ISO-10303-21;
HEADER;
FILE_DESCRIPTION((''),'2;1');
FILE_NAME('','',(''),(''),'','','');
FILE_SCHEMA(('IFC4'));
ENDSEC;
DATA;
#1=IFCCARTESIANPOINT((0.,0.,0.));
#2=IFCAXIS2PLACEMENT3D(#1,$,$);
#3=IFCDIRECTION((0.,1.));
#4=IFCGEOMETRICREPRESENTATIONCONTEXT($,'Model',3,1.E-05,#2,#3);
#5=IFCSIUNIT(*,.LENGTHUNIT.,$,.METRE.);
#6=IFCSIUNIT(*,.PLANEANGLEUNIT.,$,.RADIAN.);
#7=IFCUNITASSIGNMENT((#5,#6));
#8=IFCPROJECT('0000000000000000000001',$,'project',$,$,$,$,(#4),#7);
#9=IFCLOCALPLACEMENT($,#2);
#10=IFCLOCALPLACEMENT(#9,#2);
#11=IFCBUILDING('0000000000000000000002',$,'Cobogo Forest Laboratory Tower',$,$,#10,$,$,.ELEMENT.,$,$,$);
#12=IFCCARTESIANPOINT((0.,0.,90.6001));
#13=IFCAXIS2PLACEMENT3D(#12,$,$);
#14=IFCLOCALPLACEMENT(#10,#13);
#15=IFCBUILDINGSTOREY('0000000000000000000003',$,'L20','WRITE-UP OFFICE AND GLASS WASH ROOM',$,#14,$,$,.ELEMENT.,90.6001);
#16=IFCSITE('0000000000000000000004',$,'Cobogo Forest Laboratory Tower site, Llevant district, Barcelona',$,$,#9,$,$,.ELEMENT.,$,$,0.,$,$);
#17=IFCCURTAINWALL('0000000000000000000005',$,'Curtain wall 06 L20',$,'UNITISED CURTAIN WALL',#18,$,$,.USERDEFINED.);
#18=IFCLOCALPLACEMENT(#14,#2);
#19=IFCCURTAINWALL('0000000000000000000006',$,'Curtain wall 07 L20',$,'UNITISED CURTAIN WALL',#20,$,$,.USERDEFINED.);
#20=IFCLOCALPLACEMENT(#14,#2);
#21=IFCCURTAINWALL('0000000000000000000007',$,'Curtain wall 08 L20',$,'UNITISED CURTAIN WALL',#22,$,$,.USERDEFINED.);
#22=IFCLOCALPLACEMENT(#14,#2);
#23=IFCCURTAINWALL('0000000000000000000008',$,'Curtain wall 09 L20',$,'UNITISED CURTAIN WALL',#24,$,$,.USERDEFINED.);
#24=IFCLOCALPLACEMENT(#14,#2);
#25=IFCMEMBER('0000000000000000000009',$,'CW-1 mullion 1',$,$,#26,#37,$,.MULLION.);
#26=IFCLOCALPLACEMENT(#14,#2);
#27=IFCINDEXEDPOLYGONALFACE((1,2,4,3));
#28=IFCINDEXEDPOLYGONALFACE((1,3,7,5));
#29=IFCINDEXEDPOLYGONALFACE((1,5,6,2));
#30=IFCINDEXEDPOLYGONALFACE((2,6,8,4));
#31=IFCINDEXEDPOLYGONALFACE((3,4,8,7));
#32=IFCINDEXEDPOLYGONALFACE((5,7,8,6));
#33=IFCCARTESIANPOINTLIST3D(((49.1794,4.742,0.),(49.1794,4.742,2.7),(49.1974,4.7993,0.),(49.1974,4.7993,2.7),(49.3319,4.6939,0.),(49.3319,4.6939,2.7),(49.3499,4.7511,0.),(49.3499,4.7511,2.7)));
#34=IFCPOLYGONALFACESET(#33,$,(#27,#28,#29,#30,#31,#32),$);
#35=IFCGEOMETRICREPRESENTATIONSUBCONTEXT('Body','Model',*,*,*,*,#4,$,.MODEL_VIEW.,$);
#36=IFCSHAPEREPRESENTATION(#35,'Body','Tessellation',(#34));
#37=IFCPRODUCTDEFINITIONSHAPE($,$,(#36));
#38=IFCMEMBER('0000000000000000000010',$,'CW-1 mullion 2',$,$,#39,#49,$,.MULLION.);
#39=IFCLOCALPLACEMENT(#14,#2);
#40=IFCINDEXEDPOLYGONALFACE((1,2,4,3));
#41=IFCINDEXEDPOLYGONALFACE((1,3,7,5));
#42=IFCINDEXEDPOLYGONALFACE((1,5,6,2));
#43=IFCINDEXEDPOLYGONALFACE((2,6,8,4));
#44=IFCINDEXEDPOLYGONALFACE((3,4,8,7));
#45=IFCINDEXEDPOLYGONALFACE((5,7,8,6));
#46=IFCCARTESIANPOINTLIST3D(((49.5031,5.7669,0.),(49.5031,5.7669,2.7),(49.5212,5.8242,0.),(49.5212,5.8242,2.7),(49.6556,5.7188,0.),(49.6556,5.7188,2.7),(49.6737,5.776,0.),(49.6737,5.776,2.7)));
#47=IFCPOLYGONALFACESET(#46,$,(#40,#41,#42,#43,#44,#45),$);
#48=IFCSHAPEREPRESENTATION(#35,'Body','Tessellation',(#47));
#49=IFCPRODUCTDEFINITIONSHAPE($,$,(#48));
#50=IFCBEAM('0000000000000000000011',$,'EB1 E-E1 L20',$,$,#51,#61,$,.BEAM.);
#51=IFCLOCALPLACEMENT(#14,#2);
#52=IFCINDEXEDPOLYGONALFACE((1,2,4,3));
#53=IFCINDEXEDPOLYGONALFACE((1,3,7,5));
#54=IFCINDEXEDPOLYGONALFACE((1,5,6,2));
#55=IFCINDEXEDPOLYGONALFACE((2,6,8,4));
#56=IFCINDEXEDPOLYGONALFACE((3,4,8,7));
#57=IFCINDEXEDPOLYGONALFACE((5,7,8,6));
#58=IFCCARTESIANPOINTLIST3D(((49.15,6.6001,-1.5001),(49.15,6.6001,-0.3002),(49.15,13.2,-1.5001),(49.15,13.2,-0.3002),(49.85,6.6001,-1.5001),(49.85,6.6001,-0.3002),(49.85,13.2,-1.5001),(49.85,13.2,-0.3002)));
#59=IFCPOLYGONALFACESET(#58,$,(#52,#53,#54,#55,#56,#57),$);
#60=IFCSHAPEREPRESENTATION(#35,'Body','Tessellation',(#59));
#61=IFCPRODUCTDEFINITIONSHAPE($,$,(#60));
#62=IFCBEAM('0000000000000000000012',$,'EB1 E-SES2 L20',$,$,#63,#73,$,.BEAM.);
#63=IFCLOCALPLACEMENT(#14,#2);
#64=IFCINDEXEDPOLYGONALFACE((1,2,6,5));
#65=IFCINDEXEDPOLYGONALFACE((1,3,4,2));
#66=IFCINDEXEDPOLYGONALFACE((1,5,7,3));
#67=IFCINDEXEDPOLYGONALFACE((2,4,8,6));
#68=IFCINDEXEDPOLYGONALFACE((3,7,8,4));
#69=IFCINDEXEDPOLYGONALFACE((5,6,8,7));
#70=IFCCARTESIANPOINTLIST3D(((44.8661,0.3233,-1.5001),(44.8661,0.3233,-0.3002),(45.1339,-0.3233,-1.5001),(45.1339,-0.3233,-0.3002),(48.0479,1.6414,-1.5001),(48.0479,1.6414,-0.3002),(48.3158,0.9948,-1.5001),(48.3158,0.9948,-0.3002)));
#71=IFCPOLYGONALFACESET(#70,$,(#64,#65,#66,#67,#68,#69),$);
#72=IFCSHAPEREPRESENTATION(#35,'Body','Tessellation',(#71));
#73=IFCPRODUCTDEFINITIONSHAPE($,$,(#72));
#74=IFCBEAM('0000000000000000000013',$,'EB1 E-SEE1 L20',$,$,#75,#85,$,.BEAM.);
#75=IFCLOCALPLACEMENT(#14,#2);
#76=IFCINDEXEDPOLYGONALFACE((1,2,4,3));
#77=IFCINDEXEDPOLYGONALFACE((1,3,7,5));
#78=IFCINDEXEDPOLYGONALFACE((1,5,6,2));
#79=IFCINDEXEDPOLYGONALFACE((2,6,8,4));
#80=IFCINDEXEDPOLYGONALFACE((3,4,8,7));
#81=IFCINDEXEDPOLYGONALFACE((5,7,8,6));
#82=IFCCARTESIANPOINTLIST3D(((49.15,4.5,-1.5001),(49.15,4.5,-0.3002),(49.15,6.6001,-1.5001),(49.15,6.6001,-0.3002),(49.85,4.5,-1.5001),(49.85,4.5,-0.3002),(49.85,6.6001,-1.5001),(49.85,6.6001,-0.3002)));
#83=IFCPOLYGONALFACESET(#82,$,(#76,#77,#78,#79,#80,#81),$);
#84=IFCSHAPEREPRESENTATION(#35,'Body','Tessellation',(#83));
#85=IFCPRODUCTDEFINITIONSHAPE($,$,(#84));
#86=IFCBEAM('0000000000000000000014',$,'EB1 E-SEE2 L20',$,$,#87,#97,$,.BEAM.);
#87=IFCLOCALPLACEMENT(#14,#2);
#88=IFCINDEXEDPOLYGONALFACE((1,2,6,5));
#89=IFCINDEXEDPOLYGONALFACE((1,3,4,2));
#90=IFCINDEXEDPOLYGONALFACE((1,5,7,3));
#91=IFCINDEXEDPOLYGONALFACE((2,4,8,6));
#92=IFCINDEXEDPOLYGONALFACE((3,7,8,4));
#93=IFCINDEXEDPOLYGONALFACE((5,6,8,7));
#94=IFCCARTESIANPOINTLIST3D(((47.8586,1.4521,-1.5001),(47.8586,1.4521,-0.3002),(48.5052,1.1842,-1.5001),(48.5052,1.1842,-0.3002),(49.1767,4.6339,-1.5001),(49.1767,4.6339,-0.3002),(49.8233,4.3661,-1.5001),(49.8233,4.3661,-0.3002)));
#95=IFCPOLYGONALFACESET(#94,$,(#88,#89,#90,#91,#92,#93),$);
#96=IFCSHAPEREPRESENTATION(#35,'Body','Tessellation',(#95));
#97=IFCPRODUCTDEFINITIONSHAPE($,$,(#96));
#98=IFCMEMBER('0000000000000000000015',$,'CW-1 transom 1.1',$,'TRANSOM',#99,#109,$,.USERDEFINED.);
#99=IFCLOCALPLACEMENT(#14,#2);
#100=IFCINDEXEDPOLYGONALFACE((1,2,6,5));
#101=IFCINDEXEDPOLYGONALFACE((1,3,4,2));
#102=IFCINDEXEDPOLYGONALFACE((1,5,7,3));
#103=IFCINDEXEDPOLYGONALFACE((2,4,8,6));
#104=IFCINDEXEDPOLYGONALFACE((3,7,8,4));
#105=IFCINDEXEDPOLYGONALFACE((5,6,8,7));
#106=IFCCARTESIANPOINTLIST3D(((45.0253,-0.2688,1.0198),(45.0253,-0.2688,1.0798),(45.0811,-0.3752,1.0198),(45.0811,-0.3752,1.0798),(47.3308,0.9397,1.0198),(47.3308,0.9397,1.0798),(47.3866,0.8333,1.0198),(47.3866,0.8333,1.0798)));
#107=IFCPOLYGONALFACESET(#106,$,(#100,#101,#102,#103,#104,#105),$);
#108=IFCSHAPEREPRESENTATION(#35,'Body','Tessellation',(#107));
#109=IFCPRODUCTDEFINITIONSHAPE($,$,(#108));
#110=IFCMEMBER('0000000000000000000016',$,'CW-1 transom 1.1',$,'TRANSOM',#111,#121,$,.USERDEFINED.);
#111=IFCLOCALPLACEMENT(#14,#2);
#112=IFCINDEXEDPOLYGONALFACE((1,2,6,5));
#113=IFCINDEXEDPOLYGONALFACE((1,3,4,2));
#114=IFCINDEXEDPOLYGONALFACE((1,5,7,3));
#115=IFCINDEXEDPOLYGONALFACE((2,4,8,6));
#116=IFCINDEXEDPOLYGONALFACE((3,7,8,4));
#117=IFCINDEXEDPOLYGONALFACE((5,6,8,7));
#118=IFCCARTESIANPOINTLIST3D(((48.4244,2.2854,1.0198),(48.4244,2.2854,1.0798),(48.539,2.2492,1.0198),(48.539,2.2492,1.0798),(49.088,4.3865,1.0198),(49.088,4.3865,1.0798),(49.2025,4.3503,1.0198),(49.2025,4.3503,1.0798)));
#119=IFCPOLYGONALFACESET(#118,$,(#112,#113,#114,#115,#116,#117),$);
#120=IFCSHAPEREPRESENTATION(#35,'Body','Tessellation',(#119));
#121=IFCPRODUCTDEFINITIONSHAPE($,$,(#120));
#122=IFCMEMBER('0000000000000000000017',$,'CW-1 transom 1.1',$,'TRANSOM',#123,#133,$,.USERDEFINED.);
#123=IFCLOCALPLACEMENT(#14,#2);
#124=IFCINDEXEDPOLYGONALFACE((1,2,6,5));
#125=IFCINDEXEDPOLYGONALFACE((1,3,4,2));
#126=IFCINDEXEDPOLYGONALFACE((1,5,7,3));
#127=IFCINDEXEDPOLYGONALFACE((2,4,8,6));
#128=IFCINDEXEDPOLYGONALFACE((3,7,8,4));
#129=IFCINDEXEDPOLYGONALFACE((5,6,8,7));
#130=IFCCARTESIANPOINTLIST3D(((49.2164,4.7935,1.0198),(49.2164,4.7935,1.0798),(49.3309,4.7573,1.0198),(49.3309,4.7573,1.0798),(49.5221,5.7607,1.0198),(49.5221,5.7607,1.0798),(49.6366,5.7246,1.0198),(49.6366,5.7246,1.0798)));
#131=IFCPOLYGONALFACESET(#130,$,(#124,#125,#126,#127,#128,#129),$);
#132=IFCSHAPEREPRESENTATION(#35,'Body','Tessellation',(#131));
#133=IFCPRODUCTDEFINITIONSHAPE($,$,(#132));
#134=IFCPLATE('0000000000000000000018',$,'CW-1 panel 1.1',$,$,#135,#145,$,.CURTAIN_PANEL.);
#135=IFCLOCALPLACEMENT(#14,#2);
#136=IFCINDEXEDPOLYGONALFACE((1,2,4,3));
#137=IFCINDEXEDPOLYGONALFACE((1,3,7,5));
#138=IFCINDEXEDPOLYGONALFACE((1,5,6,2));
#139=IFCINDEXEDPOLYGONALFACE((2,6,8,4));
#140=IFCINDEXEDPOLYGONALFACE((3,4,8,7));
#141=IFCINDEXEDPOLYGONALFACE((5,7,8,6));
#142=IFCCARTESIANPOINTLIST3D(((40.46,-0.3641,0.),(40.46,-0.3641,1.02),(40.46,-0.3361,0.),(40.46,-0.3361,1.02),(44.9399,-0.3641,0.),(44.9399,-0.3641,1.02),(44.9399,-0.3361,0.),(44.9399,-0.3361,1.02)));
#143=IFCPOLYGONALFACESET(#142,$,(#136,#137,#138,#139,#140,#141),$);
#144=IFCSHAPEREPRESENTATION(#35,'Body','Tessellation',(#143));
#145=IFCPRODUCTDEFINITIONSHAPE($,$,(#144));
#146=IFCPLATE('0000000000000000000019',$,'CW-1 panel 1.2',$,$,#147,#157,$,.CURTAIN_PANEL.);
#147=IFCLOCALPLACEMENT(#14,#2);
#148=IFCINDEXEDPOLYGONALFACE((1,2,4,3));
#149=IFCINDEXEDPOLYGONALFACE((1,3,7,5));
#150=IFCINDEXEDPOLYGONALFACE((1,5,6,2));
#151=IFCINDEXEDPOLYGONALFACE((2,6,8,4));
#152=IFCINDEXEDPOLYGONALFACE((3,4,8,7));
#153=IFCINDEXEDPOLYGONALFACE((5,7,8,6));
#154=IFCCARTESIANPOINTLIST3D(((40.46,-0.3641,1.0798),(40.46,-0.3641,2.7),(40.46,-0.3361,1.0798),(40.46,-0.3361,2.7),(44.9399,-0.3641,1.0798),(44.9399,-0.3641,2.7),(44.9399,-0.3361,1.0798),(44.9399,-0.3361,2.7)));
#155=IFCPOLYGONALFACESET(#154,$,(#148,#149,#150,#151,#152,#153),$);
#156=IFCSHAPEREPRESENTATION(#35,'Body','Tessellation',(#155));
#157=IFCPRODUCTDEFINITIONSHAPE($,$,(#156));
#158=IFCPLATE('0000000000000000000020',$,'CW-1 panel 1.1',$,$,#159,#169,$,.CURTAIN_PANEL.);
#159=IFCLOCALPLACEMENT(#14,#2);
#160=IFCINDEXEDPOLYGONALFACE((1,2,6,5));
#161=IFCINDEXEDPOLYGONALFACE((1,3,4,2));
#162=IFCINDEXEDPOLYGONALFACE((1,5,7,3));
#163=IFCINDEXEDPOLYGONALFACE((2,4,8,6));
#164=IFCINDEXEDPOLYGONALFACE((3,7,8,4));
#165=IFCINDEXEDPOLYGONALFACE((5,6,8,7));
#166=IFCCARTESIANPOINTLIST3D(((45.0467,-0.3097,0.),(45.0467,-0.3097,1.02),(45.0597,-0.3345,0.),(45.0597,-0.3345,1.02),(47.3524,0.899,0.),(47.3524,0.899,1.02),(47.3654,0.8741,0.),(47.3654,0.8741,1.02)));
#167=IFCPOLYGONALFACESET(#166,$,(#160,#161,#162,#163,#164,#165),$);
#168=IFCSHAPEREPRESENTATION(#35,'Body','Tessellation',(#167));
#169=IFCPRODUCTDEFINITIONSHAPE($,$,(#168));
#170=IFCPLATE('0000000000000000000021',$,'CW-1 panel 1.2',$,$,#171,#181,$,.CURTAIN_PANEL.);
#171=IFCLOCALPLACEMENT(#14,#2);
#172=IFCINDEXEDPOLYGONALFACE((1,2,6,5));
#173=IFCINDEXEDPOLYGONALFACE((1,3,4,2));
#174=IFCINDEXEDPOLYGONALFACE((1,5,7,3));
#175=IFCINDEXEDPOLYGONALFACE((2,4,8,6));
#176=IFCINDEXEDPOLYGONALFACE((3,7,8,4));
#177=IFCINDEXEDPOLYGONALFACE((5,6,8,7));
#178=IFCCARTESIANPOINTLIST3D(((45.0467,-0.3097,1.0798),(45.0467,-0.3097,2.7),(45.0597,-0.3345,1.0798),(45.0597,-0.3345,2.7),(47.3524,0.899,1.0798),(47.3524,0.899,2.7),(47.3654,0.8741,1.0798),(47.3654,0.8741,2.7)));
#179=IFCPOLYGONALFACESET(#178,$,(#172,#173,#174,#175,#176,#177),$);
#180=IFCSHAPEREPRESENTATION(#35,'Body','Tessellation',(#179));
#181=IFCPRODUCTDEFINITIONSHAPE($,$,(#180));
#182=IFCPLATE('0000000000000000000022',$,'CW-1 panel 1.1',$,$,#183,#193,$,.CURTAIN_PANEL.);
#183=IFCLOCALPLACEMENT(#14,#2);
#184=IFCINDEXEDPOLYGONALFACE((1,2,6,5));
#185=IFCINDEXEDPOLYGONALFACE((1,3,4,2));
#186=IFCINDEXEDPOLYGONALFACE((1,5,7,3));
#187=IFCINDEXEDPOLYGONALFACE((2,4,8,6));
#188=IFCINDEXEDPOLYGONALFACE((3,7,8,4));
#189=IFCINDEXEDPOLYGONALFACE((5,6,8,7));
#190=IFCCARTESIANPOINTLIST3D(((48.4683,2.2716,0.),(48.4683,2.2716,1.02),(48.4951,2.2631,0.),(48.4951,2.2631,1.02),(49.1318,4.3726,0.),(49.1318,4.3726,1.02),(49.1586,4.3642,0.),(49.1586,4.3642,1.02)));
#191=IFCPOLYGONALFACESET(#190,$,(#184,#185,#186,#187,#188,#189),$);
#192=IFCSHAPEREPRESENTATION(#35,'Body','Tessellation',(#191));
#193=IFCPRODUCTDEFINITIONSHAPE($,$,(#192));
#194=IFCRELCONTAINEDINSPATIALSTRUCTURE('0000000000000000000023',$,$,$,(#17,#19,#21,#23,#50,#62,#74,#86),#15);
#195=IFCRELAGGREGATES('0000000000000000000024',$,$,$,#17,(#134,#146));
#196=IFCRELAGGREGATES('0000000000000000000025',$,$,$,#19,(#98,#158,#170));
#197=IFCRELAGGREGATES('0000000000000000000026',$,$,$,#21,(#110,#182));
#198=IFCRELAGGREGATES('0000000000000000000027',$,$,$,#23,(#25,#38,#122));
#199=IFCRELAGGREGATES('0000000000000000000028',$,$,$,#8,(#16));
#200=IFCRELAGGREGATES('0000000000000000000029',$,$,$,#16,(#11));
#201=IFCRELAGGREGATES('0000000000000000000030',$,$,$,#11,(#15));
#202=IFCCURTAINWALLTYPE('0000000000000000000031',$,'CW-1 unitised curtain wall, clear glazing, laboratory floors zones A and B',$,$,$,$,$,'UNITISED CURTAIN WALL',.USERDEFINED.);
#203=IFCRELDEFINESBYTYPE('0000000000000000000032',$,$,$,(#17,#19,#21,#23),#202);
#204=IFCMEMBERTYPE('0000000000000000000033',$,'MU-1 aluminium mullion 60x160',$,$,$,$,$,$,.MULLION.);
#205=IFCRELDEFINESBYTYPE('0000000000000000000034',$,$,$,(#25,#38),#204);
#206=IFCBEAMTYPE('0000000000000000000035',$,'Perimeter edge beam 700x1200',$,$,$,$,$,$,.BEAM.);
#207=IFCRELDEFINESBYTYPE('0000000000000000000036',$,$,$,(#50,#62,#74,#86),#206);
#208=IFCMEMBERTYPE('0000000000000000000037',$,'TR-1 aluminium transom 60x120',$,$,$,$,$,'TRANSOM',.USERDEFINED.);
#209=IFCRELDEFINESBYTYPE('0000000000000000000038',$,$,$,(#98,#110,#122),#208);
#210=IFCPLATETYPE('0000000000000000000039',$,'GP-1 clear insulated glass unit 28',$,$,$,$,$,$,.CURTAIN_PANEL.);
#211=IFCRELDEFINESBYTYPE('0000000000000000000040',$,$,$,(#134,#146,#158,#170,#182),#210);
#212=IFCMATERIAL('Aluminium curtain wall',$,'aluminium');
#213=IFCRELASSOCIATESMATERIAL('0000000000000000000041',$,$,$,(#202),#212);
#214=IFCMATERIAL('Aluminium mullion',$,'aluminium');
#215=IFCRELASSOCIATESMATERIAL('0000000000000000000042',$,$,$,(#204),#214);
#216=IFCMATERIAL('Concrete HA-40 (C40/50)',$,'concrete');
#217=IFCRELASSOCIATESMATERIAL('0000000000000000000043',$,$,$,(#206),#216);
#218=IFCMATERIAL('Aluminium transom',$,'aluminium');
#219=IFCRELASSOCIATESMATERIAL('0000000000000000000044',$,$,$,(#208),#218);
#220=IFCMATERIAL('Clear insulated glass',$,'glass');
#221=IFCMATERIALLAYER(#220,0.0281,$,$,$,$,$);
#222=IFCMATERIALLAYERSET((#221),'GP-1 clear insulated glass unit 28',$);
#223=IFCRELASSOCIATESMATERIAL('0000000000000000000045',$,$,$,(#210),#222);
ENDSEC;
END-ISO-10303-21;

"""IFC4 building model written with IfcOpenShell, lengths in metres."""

from ifc_helpers import new_model, si_unit, direction, frame, origin, origin_2d, place, context, subcontext, project, spatial, rectangle, extrude, material, layer, layer_set, material_profile, profile_set, type_object, element, aggregate, save


model = new_model("IFC4")

# Units and contexts
model_context = context("Model", 3, precision=1e-05, world=origin(), true_north=direction((0.0, 1.0)))
body_context = subcontext(model_context, "Body", "Model", "MODEL_VIEW")
ifc_project = project(units=[si_unit("LENGTHUNIT", "METRE"), si_unit("PLANEANGLEUNIT", "RADIAN")], contexts=[model_context])

# Site, building, storey
site_placement = place(None, origin())
site = spatial("IfcSite", under=ifc_project, at=site_placement, Name="Cobogo Forest Laboratory Tower site, Llevant district, Barcelona", CompositionType="ELEMENT", RefElevation=0.0)
building_placement = place(site_placement, origin())
building = spatial("IfcBuilding", under=site, at=building_placement, Name="Cobogo Forest Laboratory Tower", CompositionType="ELEMENT")
storey_placement = place(building_placement, frame((0.0, 0.0, 90.6001)))
storey = spatial("IfcBuildingStorey", under=building, at=storey_placement, Name="L20", Description="WRITE-UP OFFICE AND GLASS WASH ROOM", CompositionType="ELEMENT", Elevation=90.6001)

# Shared definitions
ifc_material_1 = material(Name="Concrete HA-40 (C40/50)", Category="concrete")

# Curtain wall
ifc_material_2 = material(Name="Aluminium curtain wall", Category="aluminium")
curtain_wall_type = type_object("IfcCurtainWallType", Name="CW-1 unitised curtain wall, clear glazing, laboratory floors zones A and B", ElementType="UNITISED CURTAIN WALL", PredefinedType="USERDEFINED", material=ifc_material_2)
curtain_wall_1_placement = place(storey_placement, origin())
curtain_wall_1 = element("IfcCurtainWall", 1, at=curtain_wall_1_placement, inside=storey, type_object=curtain_wall_type, Name="Curtain wall 06 L20", ObjectType="UNITISED CURTAIN WALL", PredefinedType="USERDEFINED")
ifc_material_3 = material(Name="Aluminium mullion", Category="aluminium")
ifc_material_profile_1 = material_profile(ifc_material_3, rectangle(XDim=0.0601, YDim=0.1599, at=origin_2d()), Name="AL 60x160")
ifc_profile_set_1 = profile_set([ifc_material_profile_1], Name="Aluminium mullion")
member_type_1 = type_object("IfcMemberType", Name="MU-1 aluminium mullion 60x160", PredefinedType="MULLION", material=ifc_profile_set_1)

# Curtain walls, members
curtain_wall_2_placement = place(storey_placement, origin())
curtain_wall_2 = element("IfcCurtainWall", 2, at=curtain_wall_2_placement, inside=storey, type_object=curtain_wall_type, Name="Curtain wall 07 L20", ObjectType="UNITISED CURTAIN WALL", PredefinedType="USERDEFINED")
curtain_wall_3_placement = place(storey_placement, origin())
curtain_wall_3 = element("IfcCurtainWall", 3, at=curtain_wall_3_placement, inside=storey, type_object=curtain_wall_type, Name="Curtain wall 08 L20", ObjectType="UNITISED CURTAIN WALL", PredefinedType="USERDEFINED")
curtain_wall_4_placement = place(storey_placement, origin())
curtain_wall_4 = element("IfcCurtainWall", 4, at=curtain_wall_4_placement, inside=storey, type_object=curtain_wall_type, Name="Curtain wall 09 L20", ObjectType="UNITISED CURTAIN WALL", PredefinedType="USERDEFINED")
member_1_placement = place(storey_placement, frame((49.2646, 4.7466, 0.0), z_axis=(0.0, 0.0, 1.0), x_axis=(0.301136, 0.953581, 0.0)))
member_1 = element("IfcMember", 5, at=member_1_placement, type_object=member_type_1, Name="CW-1 mullion 1", PredefinedType="MULLION", context=body_context, shape_type="SweptSolid", body=[
    extrude(rectangle(XDim=0.0601, YDim=0.1599, at=origin_2d()), origin(), (0.0, 0.0, 1.0), 2.7),
])
member_2_placement = place(storey_placement, frame((49.5884, 5.7715, 0.0), z_axis=(0.0, 0.0, 1.0), x_axis=(0.301136, 0.953581, 0.0)))
member_2 = element("IfcMember", 6, at=member_2_placement, type_object=member_type_1, Name="CW-1 mullion 2", PredefinedType="MULLION", context=body_context, shape_type="SweptSolid", body=[
    extrude(rectangle(XDim=0.0601, YDim=0.1599, at=origin_2d()), origin(), (0.0, 0.0, 1.0), 2.7),
])

# Beams
ifc_material_profile_2 = material_profile(ifc_material_1, rectangle(XDim=0.7, YDim=1.2, at=origin_2d()), Name="RC 700x1200")
ifc_profile_set_2 = profile_set([ifc_material_profile_2], Name="Concrete HA-40 (C40/50)")
beam_type_1 = type_object("IfcBeamType", Name="Perimeter edge beam 700x1200", PredefinedType="BEAM", material=ifc_profile_set_2)
beam_1_placement = place(storey_placement, frame((49.5, 6.6001, -0.9001), z_axis=(0.0, 1.0, 0.0), x_axis=(-1.0, 0.0, 0.0)))
element("IfcBeam", 7, at=beam_1_placement, inside=storey, type_object=beam_type_1, Name="EB1 E-E1 L20", PredefinedType="BEAM", context=body_context, shape_type="SweptSolid", body=[
    extrude(rectangle(XDim=0.7, YDim=1.2, at=origin_2d()), origin(), (0.0, 0.0, 1.0), 6.5999),
])
beam_2_placement = place(storey_placement, frame((45.0, 0.0, -0.9001), z_axis=(0.923866, 0.382717, 0.0), x_axis=(-0.382717, 0.923866, 0.0)))
element("IfcBeam", 8, at=beam_2_placement, inside=storey, type_object=beam_type_1, Name="EB1 E-SES2 L20", PredefinedType="BEAM", context=body_context, shape_type="SweptSolid", body=[
    extrude(rectangle(XDim=0.7, YDim=1.2, at=origin_2d()), origin(), (0.0, 0.0, 1.0), 3.4441),
])
beam_3_placement = place(storey_placement, frame((49.5, 6.6001, -0.9001), z_axis=(0.0, -1.0, 0.0), x_axis=(1.0, 0.0, 0.0)))
element("IfcBeam", 9, at=beam_3_placement, inside=storey, type_object=beam_type_1, Name="EB1 E-SEE1 L20", PredefinedType="BEAM", context=body_context, shape_type="SweptSolid", body=[
    extrude(rectangle(XDim=0.7, YDim=1.2, at=origin_2d()), origin(), (0.0, 0.0, 1.0), 2.1001),
])
beam_4_placement = place(storey_placement, frame((49.5, 4.5, -0.9001), z_axis=(-0.382717, -0.923866, 0.0), x_axis=(0.923866, -0.382717, 0.0)))
element("IfcBeam", 10, at=beam_4_placement, inside=storey, type_object=beam_type_1, Name="EB1 E-SEE2 L20", PredefinedType="BEAM", context=body_context, shape_type="SweptSolid", body=[
    extrude(rectangle(XDim=0.7, YDim=1.2, at=origin_2d()), origin(), (0.0, 0.0, 1.0), 3.4441),
])

# Members
ifc_material_4 = material(Name="Aluminium transom", Category="aluminium")
ifc_material_profile_3 = material_profile(ifc_material_4, rectangle(XDim=0.1201, YDim=0.0601, at=origin_2d()), Name="AL 60x120")
ifc_profile_set_3 = profile_set([ifc_material_profile_3], Name="Aluminium transom")
member_type_2 = type_object("IfcMemberType", Name="TR-1 aluminium transom 60x120", ElementType="TRANSOM", PredefinedType="USERDEFINED", material=ifc_profile_set_3)
member_3_placement = place(storey_placement, frame((45.0532, -0.322, 1.0498), z_axis=(0.88569, 0.464277, 0.0), x_axis=(-0.464277, 0.88569, 0.0)))
member_3 = element("IfcMember", 11, at=member_3_placement, type_object=member_type_2, Name="CW-1 transom 1.1", ObjectType="TRANSOM", PredefinedType="USERDEFINED", context=body_context, shape_type="SweptSolid", body=[
    extrude(rectangle(XDim=0.1201, YDim=0.0601, at=origin_2d()), origin(), (0.0, 0.0, 1.0), 2.603),
])
member_4_placement = place(storey_placement, frame((48.4817, 2.2673, 1.0498), z_axis=(0.301163, 0.953573, 0.0), x_axis=(-0.953573, 0.301163, 0.0)))
member_4 = element("IfcMember", 12, at=member_4_placement, type_object=member_type_2, Name="CW-1 transom 1.1", ObjectType="TRANSOM", PredefinedType="USERDEFINED", context=body_context, shape_type="SweptSolid", body=[
    extrude(rectangle(XDim=0.1201, YDim=0.0601, at=origin_2d()), origin(), (0.0, 0.0, 1.0), 2.2034),
])
member_5_placement = place(storey_placement, frame((49.2737, 4.7754, 1.0498), z_axis=(0.301316, 0.953524, 0.0), x_axis=(-0.953524, 0.301316, 0.0)))
member_5 = element("IfcMember", 13, at=member_5_placement, type_object=member_type_2, Name="CW-1 transom 1.1", ObjectType="TRANSOM", PredefinedType="USERDEFINED", context=body_context, shape_type="SweptSolid", body=[
    extrude(rectangle(XDim=0.1201, YDim=0.0601, at=origin_2d()), origin(), (0.0, 0.0, 1.0), 1.0144),
])

# Plates
ifc_material_5 = material(Name="Clear insulated glass", Category="glass")
ifc_layer = layer(ifc_material_5, 0.0281)
ifc_layer_set = layer_set([ifc_layer], Name="GP-1 clear insulated glass unit 28")
plate_type = type_object("IfcPlateType", Name="GP-1 clear insulated glass unit 28", PredefinedType="CURTAIN_PANEL", material=ifc_layer_set)
plate_1_placement = place(storey_placement, frame((42.7, -0.3501, 0.0), z_axis=(0.0, 0.0, 1.0), x_axis=(1.0, 0.0, 0.0)))
plate_1 = element("IfcPlate", 14, at=plate_1_placement, type_object=plate_type, Name="CW-1 panel 1.1", PredefinedType="CURTAIN_PANEL", context=body_context, shape_type="SweptSolid", body=[
    extrude(rectangle(XDim=4.48, YDim=0.0281, at=origin_2d()), origin(), (0.0, 0.0, 1.0), 1.02),
])
plate_2_placement = place(storey_placement, frame((42.7, -0.3501, 1.0798), z_axis=(0.0, 0.0, 1.0), x_axis=(1.0, 0.0, 0.0)))
plate_2 = element("IfcPlate", 15, at=plate_2_placement, type_object=plate_type, Name="CW-1 panel 1.2", PredefinedType="CURTAIN_PANEL", context=body_context, shape_type="SweptSolid", body=[
    extrude(rectangle(XDim=4.48, YDim=0.0281, at=origin_2d()), origin(), (0.0, 0.0, 1.0), 1.6201),
])
aggregate(curtain_wall_1, [plate_1, plate_2])
plate_3_placement = place(storey_placement, frame((46.2061, 0.2822, 0.0), z_axis=(0.0, 0.0, 1.0), x_axis=(0.885687, 0.464284, 0.0)))
plate_3 = element("IfcPlate", 16, at=plate_3_placement, type_object=plate_type, Name="CW-1 panel 1.1", PredefinedType="CURTAIN_PANEL", context=body_context, shape_type="SweptSolid", body=[
    extrude(rectangle(XDim=2.6033, YDim=0.0281, at=origin_2d()), origin(), (0.0, 0.0, 1.0), 1.02),
])
plate_4_placement = place(storey_placement, frame((46.2061, 0.2822, 1.0798), z_axis=(0.0, 0.0, 1.0), x_axis=(0.885687, 0.464284, 0.0)))
plate_4 = element("IfcPlate", 17, at=plate_4_placement, type_object=plate_type, Name="CW-1 panel 1.2", PredefinedType="CURTAIN_PANEL", context=body_context, shape_type="SweptSolid", body=[
    extrude(rectangle(XDim=2.6033, YDim=0.0281, at=origin_2d()), origin(), (0.0, 0.0, 1.0), 1.6201),
])
aggregate(curtain_wall_2, [member_3, plate_3, plate_4])
plate_5_placement = place(storey_placement, frame((48.8135, 3.3179, 0.0), z_axis=(0.0, 0.0, 1.0), x_axis=(0.301135, 0.953581, 0.0)))
plate_5 = element("IfcPlate", 18, at=plate_5_placement, type_object=plate_type, Name="CW-1 panel 1.1", PredefinedType="CURTAIN_PANEL", context=body_context, shape_type="SweptSolid", body=[
    extrude(rectangle(XDim=2.2034, YDim=0.0281, at=origin_2d()), origin(), (0.0, 0.0, 1.0), 1.02),
])
aggregate(curtain_wall_3, [member_4, plate_5])
aggregate(curtain_wall_4, [member_1, member_2, member_5])

save(model, "model.ifc")
